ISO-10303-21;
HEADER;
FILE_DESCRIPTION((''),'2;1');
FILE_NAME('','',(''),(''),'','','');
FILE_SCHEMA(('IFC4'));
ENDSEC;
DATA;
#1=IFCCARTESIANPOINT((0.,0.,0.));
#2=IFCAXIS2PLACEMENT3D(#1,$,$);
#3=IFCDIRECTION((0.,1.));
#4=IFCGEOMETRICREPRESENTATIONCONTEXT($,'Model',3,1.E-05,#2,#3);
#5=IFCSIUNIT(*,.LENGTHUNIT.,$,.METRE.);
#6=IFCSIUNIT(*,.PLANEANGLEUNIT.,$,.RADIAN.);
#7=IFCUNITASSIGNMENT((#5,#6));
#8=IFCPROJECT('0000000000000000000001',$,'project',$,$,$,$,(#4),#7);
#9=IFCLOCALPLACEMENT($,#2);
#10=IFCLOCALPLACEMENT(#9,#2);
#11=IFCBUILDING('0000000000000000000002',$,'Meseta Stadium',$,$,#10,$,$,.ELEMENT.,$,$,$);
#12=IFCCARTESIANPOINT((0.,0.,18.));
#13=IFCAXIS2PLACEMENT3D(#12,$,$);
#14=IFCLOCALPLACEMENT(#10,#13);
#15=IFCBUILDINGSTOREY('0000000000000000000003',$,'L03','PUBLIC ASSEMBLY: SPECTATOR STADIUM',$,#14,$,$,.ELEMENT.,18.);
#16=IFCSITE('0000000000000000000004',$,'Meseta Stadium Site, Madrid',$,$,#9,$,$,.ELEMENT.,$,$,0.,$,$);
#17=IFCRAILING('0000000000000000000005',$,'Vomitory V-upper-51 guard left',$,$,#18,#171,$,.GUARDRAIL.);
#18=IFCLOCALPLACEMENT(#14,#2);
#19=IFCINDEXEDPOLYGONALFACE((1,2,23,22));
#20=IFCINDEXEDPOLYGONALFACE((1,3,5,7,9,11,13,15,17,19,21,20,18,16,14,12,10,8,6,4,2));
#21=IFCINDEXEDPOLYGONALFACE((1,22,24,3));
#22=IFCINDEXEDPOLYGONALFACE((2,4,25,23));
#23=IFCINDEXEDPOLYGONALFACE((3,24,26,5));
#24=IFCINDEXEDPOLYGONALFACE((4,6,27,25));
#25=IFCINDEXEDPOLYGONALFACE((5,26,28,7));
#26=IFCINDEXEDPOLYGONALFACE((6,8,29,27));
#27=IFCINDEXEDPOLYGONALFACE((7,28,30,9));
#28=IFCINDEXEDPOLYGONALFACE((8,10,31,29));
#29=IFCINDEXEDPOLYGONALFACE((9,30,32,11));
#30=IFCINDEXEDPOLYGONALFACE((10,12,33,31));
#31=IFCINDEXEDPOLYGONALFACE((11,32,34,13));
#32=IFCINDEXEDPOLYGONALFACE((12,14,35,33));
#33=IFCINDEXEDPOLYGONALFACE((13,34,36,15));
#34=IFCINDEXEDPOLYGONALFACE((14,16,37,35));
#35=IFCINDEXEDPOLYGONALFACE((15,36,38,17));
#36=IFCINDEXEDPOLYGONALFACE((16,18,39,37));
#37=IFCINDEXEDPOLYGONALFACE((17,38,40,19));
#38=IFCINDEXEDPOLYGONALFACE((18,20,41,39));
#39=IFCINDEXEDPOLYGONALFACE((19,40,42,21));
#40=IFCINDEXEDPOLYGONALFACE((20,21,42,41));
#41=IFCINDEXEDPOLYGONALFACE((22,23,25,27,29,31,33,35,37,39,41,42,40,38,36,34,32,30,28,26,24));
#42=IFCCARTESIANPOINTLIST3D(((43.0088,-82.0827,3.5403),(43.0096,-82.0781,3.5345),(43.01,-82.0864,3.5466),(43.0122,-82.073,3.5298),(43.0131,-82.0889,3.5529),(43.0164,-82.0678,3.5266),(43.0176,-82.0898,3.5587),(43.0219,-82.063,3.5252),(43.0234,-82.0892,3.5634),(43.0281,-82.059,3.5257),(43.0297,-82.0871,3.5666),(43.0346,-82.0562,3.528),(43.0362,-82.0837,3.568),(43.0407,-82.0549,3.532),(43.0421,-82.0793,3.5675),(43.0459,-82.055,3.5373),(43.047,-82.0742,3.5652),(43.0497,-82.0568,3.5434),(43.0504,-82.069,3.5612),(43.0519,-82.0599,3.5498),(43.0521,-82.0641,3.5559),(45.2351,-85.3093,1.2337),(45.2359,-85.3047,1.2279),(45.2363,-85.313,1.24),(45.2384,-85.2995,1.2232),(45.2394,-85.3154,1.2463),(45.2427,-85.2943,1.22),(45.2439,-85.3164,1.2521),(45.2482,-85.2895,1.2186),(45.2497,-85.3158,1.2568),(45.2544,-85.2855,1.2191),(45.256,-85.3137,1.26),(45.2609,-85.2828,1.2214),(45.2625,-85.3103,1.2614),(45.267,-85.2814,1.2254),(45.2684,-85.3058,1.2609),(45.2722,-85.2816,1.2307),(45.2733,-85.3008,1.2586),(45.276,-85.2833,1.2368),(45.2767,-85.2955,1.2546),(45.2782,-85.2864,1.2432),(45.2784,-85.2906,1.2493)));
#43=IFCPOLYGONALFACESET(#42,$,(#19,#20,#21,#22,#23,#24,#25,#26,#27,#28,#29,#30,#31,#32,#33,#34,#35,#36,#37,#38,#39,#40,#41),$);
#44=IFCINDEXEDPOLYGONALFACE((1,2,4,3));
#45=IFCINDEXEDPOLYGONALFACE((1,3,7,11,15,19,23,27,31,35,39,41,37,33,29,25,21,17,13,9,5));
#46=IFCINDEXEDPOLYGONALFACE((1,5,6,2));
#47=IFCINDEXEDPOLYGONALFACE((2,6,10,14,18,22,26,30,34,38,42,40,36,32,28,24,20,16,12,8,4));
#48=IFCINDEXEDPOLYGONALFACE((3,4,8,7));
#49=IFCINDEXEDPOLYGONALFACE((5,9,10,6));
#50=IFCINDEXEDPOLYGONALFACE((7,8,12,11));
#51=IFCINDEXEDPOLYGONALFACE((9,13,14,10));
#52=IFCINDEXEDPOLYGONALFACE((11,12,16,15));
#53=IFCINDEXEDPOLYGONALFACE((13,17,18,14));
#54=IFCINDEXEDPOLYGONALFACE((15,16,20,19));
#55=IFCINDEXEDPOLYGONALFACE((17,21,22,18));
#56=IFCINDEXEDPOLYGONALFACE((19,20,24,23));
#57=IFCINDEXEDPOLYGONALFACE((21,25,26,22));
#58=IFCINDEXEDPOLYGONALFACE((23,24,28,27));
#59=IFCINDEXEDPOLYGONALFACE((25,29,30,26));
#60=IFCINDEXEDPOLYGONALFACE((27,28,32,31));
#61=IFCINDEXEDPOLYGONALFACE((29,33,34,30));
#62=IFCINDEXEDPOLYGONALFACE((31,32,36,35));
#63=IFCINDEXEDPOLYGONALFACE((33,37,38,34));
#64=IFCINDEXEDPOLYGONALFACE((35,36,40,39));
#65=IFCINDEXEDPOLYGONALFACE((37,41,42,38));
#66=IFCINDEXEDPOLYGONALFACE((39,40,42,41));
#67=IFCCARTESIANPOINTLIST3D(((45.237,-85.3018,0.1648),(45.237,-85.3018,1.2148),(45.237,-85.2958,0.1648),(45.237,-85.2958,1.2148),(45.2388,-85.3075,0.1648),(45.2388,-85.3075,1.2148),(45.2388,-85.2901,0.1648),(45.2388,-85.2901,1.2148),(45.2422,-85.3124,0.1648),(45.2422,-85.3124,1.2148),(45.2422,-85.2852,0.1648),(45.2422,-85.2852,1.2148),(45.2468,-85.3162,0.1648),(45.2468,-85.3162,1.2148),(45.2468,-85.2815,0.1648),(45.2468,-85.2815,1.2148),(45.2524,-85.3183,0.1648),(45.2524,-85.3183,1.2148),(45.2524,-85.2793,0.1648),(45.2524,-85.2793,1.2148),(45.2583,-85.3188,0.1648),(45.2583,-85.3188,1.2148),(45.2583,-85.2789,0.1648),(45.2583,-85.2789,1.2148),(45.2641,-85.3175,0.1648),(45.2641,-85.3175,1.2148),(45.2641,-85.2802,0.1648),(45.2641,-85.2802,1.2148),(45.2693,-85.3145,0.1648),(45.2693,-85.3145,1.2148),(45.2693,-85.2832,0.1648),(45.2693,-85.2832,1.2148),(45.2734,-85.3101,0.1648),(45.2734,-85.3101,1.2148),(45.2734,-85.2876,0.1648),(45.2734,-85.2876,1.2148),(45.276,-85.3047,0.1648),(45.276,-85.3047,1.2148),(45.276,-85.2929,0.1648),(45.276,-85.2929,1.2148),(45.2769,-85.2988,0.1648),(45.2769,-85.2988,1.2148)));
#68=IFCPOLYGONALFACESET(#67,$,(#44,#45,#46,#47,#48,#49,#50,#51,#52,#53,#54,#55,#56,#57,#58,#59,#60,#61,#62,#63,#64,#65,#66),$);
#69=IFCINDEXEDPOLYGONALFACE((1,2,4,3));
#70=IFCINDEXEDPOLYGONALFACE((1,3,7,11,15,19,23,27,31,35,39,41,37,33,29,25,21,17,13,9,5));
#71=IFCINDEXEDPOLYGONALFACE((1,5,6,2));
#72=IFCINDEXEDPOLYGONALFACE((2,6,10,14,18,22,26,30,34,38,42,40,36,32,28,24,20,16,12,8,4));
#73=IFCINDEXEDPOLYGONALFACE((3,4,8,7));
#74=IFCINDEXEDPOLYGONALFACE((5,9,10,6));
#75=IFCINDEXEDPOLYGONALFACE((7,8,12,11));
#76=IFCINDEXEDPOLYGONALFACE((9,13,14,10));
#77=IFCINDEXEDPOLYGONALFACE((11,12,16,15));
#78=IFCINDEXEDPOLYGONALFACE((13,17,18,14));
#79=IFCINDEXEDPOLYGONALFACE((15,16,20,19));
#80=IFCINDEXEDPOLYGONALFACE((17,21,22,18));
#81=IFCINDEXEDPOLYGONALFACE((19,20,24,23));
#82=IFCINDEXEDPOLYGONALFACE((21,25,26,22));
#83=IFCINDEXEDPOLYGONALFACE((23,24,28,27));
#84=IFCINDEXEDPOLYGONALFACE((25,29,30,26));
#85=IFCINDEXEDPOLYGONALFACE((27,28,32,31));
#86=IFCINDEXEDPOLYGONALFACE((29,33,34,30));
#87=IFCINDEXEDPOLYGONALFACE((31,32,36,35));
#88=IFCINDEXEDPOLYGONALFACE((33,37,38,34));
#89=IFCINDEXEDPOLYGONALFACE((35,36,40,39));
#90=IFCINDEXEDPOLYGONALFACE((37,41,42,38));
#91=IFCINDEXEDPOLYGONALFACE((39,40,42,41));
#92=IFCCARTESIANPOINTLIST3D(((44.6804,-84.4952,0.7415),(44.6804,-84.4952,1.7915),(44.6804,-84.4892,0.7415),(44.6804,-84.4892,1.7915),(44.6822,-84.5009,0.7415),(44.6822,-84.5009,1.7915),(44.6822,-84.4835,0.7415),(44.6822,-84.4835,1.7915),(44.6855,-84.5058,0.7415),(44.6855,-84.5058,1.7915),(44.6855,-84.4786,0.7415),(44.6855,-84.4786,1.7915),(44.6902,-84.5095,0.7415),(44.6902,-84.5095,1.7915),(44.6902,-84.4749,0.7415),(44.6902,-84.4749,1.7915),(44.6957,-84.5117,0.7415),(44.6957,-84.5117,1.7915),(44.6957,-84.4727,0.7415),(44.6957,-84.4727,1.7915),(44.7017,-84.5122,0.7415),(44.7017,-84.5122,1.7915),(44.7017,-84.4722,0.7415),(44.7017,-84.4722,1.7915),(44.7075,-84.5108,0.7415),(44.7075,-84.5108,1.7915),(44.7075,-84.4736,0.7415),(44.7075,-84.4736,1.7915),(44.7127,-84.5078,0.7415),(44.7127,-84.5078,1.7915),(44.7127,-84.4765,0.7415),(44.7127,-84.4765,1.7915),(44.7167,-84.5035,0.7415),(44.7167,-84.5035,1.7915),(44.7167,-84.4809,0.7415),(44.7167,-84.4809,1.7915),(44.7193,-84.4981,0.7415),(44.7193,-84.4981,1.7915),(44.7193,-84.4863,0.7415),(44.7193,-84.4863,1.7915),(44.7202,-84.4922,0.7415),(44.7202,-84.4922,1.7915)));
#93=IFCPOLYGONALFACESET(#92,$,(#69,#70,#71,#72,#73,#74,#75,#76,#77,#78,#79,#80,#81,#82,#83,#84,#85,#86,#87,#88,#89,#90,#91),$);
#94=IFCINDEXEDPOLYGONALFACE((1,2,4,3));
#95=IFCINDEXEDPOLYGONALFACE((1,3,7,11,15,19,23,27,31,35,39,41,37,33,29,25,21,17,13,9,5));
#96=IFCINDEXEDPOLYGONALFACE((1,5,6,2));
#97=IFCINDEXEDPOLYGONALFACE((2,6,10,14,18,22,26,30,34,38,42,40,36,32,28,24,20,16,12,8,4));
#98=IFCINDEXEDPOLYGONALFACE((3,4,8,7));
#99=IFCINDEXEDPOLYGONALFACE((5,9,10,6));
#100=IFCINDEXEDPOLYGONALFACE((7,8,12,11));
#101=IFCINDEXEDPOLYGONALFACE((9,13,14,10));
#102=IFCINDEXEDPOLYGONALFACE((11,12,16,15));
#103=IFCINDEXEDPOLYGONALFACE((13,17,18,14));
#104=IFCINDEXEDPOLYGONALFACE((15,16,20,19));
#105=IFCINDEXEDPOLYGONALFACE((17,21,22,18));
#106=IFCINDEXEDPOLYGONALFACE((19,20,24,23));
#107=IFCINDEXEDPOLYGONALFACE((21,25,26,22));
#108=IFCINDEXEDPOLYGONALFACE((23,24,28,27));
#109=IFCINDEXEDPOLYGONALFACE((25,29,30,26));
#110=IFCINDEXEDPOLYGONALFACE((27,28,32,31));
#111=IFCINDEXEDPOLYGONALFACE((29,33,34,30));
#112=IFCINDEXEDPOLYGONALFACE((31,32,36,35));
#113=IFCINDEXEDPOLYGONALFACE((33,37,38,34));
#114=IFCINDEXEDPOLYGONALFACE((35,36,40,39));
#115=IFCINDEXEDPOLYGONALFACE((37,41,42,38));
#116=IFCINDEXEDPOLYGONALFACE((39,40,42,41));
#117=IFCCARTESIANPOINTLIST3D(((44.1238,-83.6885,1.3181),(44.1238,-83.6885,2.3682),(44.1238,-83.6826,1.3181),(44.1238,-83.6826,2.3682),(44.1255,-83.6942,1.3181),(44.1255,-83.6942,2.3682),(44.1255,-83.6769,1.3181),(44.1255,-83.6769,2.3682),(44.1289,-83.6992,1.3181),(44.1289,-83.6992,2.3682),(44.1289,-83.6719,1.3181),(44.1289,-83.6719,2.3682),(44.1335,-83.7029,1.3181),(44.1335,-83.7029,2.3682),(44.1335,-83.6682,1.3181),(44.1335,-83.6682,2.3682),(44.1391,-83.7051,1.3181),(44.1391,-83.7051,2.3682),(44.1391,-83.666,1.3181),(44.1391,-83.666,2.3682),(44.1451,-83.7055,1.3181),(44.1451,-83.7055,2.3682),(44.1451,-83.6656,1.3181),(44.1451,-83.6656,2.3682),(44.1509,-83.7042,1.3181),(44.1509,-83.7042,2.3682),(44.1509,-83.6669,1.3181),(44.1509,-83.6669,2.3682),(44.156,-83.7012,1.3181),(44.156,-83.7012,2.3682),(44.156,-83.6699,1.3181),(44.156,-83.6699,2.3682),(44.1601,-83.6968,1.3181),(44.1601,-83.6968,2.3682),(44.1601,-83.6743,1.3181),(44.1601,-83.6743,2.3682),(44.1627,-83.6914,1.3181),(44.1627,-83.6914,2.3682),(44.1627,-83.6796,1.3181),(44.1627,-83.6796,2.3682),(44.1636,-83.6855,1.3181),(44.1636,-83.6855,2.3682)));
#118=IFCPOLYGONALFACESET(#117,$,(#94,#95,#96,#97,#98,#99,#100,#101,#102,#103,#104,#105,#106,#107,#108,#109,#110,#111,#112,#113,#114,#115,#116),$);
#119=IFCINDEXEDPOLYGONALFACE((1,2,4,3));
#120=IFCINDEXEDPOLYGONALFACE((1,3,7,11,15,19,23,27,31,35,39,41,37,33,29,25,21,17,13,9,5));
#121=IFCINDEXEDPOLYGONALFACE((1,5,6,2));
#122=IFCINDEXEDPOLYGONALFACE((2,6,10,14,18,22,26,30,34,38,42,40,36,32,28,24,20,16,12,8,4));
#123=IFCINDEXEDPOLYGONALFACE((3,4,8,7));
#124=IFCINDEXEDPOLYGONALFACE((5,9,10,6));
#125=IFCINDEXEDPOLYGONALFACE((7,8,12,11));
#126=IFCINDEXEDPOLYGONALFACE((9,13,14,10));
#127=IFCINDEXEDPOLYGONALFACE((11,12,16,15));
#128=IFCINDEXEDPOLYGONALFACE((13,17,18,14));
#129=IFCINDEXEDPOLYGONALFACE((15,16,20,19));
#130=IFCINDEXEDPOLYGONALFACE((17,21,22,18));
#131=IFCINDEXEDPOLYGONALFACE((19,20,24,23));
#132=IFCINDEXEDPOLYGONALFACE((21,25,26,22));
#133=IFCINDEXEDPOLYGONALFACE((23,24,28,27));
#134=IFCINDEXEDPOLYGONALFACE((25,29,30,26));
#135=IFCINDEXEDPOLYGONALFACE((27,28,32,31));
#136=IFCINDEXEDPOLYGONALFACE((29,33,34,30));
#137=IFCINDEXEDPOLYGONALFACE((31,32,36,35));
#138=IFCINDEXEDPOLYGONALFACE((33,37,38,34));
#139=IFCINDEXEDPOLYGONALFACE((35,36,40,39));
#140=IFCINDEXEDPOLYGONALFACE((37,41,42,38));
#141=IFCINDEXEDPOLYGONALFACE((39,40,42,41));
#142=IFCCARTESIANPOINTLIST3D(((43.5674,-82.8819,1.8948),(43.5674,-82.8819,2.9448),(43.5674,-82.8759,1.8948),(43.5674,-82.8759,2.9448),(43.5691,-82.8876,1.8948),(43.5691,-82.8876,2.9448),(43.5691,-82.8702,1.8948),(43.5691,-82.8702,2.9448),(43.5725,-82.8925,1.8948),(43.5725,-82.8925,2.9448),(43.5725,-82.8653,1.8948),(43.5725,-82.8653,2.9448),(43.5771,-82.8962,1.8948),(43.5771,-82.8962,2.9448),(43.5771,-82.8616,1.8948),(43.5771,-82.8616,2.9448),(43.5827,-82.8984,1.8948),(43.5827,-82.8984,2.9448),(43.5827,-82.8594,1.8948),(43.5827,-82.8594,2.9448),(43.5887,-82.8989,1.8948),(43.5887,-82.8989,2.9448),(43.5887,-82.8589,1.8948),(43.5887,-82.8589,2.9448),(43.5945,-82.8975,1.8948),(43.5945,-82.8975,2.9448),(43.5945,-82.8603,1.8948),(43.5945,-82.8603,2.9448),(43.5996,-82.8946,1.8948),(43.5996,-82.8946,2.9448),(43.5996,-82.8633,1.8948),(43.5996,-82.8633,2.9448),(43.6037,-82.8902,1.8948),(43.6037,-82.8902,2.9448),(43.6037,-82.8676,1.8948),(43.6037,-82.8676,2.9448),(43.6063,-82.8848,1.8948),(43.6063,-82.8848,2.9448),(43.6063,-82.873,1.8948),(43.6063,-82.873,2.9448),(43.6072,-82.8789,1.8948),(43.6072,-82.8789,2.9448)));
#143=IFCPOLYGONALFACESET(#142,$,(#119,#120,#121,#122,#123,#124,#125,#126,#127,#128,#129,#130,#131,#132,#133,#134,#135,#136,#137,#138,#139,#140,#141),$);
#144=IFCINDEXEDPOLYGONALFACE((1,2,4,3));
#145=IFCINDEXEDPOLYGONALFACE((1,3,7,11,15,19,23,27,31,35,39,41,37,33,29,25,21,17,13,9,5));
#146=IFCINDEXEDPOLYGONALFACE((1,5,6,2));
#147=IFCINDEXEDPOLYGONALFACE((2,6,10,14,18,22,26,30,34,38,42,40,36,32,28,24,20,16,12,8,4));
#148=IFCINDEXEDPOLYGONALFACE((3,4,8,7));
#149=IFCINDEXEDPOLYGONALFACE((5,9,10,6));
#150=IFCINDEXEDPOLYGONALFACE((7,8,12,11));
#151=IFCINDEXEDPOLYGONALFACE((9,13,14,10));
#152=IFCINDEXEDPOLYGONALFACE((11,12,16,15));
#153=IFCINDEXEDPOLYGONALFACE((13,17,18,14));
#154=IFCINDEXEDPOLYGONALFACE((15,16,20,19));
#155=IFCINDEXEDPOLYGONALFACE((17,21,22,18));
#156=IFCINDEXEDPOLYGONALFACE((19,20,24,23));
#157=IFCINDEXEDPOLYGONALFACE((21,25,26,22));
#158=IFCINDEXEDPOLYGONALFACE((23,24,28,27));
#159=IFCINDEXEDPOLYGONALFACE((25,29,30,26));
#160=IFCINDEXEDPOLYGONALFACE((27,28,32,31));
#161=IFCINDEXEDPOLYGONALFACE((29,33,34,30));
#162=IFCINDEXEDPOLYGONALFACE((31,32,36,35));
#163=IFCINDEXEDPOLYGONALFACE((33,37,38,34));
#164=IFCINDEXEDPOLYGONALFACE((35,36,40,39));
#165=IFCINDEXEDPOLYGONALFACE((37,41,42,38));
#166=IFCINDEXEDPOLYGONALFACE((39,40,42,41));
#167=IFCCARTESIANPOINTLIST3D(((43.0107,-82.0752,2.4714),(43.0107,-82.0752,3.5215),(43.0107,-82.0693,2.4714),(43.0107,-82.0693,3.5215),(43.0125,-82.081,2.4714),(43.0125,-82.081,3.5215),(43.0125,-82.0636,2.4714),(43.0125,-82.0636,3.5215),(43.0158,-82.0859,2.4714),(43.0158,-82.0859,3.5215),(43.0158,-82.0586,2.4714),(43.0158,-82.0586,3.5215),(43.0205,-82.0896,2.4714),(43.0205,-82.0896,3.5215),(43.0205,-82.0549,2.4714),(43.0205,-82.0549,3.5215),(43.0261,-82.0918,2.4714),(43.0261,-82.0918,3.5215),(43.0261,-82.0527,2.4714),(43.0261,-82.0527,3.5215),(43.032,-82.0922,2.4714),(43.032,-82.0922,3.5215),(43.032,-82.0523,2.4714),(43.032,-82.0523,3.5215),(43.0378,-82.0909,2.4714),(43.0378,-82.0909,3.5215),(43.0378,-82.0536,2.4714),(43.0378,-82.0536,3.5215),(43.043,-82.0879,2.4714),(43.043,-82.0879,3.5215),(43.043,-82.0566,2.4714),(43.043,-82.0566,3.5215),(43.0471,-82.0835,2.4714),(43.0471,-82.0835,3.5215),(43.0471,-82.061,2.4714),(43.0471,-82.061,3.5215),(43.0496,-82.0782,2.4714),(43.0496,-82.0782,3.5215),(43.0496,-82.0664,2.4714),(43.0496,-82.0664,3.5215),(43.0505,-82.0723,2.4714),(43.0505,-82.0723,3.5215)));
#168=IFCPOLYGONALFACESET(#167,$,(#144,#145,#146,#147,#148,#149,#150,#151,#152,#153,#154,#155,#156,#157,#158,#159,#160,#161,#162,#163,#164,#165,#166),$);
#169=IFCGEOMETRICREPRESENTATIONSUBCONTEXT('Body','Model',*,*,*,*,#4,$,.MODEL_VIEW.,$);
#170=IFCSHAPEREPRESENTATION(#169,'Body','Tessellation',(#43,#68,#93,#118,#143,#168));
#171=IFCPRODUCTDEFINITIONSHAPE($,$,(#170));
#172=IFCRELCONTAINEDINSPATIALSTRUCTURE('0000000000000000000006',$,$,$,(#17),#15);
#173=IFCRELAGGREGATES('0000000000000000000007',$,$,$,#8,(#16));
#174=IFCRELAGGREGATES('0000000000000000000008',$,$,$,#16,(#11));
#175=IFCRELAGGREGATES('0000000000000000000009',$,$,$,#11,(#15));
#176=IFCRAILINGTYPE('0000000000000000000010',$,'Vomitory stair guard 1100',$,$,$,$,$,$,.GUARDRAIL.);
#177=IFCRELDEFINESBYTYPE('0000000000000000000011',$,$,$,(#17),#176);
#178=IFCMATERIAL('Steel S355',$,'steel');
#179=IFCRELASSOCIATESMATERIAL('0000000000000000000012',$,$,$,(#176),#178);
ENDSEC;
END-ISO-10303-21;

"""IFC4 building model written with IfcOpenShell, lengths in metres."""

from ifc_helpers import new_model, si_unit, direction, frame, origin, origin_2d, place, context, subcontext, project, spatial, circle, extrude, material, type_object, element, save


model = new_model("IFC4")

# Units and contexts
model_context = context("Model", 3, precision=1e-05, world=origin(), true_north=direction((0.0, 1.0)))
body_context = subcontext(model_context, "Body", "Model", "MODEL_VIEW")
ifc_project = project(units=[si_unit("LENGTHUNIT", "METRE"), si_unit("PLANEANGLEUNIT", "RADIAN")], contexts=[model_context])

# Site, building, storey
site_placement = place(None, origin())
site = spatial("IfcSite", under=ifc_project, at=site_placement, Name="Meseta Stadium Site, Madrid", CompositionType="ELEMENT", RefElevation=0.0)
building_placement = place(site_placement, origin())
building = spatial("IfcBuilding", under=site, at=building_placement, Name="Meseta Stadium", CompositionType="ELEMENT")
storey_placement = place(building_placement, frame((0.0, 0.0, 18.0)))
storey = spatial("IfcBuildingStorey", under=building, at=storey_placement, Name="L03", Description="PUBLIC ASSEMBLY: SPECTATOR STADIUM", CompositionType="ELEMENT", Elevation=18.0)

# Railing
ifc_material_1 = material(Name="Steel S355", Category="steel")
railing_type_1 = type_object("IfcRailingType", Name="Vomitory stair guard 1100", PredefinedType="GUARDRAIL", material=ifc_material_1)
for number, where, name in (
    (1, (45.2568, -85.2988, 0.1648), "Vomitory V-upper-51 guard left"),
):
    element("IfcRailing", number, at=place(storey_placement, frame(where)), inside=storey, type_object=railing_type_1, Name=name, PredefinedType="GUARDRAIL", context=body_context, shape_type="SweptSolid", body=[
        extrude(circle(Radius=0.0249, at=origin_2d()), frame((0.0, 0.0, 1.0752), z_axis=(-0.489475, 0.709387, 0.507134), x_axis=(-0.823081, -0.567924, 0.0)), (0.0, 0.0, 1.0), 4.5483),
        extrude(circle(Radius=0.02, at=origin_2d()), origin(), (0.0, 0.0, 1.0), 1.05),
        extrude(circle(Radius=0.02, at=origin_2d()), frame((-0.5566, 0.8066, 0.5767)), (0.0, 0.0, 1.0), 1.05),
        extrude(circle(Radius=0.02, at=origin_2d()), frame((-1.1133, 1.6133, 1.1533)), (0.0, 0.0, 1.0), 1.05),
        extrude(circle(Radius=0.02, at=origin_2d()), frame((-1.6697, 2.4199, 1.73)), (0.0, 0.0, 1.0), 1.05),
        extrude(circle(Radius=0.02, at=origin_2d()), frame((-2.2263, 3.2266, 2.3066)), (0.0, 0.0, 1.0), 1.05),
    ])

save(model, "model.ifc")
